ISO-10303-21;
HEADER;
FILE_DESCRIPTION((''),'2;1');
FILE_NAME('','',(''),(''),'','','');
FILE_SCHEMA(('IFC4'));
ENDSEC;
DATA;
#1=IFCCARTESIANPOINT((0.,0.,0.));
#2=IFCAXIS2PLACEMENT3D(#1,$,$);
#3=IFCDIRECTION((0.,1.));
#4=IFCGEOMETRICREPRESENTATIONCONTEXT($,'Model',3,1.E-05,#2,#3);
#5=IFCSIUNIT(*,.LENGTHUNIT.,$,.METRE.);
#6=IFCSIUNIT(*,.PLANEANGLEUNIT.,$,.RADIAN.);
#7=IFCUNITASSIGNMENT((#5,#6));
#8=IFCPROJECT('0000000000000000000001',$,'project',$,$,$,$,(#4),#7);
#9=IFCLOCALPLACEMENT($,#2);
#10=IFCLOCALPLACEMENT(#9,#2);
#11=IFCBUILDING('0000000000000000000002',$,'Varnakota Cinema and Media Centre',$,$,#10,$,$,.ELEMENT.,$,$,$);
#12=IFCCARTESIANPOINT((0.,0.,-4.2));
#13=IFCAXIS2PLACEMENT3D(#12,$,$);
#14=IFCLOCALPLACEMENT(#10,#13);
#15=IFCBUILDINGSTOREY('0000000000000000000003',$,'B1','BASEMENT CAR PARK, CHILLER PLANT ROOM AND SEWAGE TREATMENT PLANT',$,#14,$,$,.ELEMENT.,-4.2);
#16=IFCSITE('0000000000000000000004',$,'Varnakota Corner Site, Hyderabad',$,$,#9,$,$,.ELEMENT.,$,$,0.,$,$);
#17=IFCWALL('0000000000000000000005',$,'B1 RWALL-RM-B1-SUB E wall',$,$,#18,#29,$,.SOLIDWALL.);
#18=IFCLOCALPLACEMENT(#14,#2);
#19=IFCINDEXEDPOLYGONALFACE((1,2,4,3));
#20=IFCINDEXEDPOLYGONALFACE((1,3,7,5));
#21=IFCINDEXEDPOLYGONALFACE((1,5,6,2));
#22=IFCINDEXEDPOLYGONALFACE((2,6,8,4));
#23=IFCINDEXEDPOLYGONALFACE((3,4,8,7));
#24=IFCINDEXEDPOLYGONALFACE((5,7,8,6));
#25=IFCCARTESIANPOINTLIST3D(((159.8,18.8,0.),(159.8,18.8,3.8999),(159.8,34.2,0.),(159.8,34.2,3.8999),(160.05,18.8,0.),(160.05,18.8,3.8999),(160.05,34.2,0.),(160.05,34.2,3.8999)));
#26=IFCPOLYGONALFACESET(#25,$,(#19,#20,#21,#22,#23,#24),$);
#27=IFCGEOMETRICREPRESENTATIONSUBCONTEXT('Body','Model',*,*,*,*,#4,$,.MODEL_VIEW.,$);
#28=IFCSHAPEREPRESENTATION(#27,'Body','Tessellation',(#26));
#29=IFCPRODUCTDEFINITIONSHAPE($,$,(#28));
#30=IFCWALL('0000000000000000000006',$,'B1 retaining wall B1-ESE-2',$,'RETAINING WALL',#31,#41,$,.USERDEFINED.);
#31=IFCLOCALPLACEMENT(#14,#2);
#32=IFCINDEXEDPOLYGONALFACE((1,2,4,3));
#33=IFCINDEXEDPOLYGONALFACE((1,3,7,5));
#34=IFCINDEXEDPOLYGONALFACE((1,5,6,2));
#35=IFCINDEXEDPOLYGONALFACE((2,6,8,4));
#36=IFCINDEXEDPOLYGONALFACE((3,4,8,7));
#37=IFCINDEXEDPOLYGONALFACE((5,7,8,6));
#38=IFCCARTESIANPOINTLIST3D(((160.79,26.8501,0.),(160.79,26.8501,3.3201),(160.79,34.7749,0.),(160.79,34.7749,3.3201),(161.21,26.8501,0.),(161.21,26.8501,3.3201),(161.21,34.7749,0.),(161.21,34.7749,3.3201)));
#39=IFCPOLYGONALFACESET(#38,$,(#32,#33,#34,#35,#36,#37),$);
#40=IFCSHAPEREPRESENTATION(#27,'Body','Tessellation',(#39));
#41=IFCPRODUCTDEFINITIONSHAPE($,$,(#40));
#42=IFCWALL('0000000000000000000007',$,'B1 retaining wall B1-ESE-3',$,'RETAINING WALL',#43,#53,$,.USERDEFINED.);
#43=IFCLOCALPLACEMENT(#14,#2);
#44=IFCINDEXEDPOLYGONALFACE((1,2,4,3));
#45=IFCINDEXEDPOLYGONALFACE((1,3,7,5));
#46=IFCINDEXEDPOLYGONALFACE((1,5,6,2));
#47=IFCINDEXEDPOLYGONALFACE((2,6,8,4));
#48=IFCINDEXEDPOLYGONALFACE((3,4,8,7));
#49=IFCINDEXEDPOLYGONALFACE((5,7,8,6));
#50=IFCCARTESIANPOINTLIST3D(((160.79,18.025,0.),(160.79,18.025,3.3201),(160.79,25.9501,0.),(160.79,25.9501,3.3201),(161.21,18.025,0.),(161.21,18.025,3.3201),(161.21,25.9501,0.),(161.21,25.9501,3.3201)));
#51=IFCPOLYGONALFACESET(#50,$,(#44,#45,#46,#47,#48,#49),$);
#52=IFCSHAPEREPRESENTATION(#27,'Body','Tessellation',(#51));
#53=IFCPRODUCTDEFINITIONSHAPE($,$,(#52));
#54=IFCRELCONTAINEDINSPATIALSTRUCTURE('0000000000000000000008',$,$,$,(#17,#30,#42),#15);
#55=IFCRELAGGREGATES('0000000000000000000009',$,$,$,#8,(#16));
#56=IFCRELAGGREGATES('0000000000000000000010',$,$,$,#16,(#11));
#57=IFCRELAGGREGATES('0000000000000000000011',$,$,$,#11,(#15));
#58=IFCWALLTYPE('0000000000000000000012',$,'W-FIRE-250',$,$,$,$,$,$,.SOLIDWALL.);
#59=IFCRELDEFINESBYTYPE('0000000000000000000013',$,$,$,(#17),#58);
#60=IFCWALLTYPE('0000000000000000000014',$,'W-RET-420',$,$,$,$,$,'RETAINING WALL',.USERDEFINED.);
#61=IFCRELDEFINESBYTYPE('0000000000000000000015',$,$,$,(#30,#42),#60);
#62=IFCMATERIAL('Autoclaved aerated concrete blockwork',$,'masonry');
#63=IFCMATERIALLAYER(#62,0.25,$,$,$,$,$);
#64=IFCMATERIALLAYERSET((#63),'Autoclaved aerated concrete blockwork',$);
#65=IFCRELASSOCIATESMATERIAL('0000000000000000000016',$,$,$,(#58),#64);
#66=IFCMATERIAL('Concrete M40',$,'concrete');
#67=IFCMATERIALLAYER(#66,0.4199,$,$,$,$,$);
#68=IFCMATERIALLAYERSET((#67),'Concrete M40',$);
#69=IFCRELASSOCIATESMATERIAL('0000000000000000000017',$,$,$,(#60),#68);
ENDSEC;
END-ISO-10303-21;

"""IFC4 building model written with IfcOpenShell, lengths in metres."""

from ifc_helpers import new_model, si_unit, direction, frame, frame_2d, origin, place, context, subcontext, project, spatial, rectangle, extrude, material, layer, layer_set, type_object, element, save


model = new_model("IFC4")

# Units and contexts
model_context = context("Model", 3, precision=1e-05, world=origin(), true_north=direction((0.0, 1.0)))
body_context = subcontext(model_context, "Body", "Model", "MODEL_VIEW")
ifc_project = project(units=[si_unit("LENGTHUNIT", "METRE"), si_unit("PLANEANGLEUNIT", "RADIAN")], contexts=[model_context])

# Site, building, storey
site_placement = place(None, origin())
site = spatial("IfcSite", under=ifc_project, at=site_placement, Name="Varnakota Corner Site, Hyderabad", CompositionType="ELEMENT", RefElevation=0.0)
building_placement = place(site_placement, origin())
building = spatial("IfcBuilding", under=site, at=building_placement, Name="Varnakota Cinema and Media Centre", CompositionType="ELEMENT")
storey_placement = place(building_placement, frame((0.0, 0.0, -4.2)))
storey = spatial("IfcBuildingStorey", under=building, at=storey_placement, Name="B1", Description="BASEMENT CAR PARK, CHILLER PLANT ROOM AND SEWAGE TREATMENT PLANT", CompositionType="ELEMENT", Elevation=-4.2)

# Walls
ifc_material_1 = material(Name="Autoclaved aerated concrete blockwork", Category="masonry")
ifc_layer_1 = layer(ifc_material_1, 0.25)
ifc_layer_set_1 = layer_set([ifc_layer_1], Name="Autoclaved aerated concrete blockwork")
wall_type_1 = type_object("IfcWallType", Name="W-FIRE-250", PredefinedType="SOLIDWALL", material=ifc_layer_set_1)
wall_1_placement = place(storey_placement, frame((159.925, 34.2, 0.0), z_axis=(0.0, 0.0, 1.0), x_axis=(0.0, -1.0, 0.0)))
element("IfcWall", 1, at=wall_1_placement, inside=storey, type_object=wall_type_1, Name="B1 RWALL-RM-B1-SUB E wall", PredefinedType="SOLIDWALL", context=body_context, shape_type="SweptSolid", body=[
    extrude(rectangle(XDim=15.3999, YDim=0.25, at=frame_2d((7.7, 0.0))), origin(), (0.0, 0.0, 1.0), 3.8999),
])
ifc_material_2 = material(Name="Concrete M40", Category="concrete")
ifc_layer_2 = layer(ifc_material_2, 0.4199)
ifc_layer_set_2 = layer_set([ifc_layer_2], Name="Concrete M40")
wall_type_2 = type_object("IfcWallType", Name="W-RET-420", ElementType="RETAINING WALL", PredefinedType="USERDEFINED", material=ifc_layer_set_2)
wall_2_placement = place(storey_placement, frame((161.0, 34.7749, 0.0), z_axis=(0.0, 0.0, 1.0), x_axis=(0.0, -1.0, 0.0)))
element("IfcWall", 2, at=wall_2_placement, inside=storey, type_object=wall_type_2, Name="B1 retaining wall B1-ESE-2", ObjectType="RETAINING WALL", PredefinedType="USERDEFINED", context=body_context, shape_type="SweptSolid", body=[
    extrude(rectangle(XDim=7.9248, YDim=0.4199, at=frame_2d((3.9624, 0.0))), origin(), (0.0, 0.0, 1.0), 3.3201),
])
wall_3_placement = place(storey_placement, frame((161.0, 25.95, 0.0), z_axis=(0.0, 0.0, 1.0), x_axis=(0.0, -1.0, 0.0)))
element("IfcWall", 3, at=wall_3_placement, inside=storey, type_object=wall_type_2, Name="B1 retaining wall B1-ESE-3", ObjectType="RETAINING WALL", PredefinedType="USERDEFINED", context=body_context, shape_type="SweptSolid", body=[
    extrude(rectangle(XDim=7.925, YDim=0.4199, at=frame_2d((3.9624, 0.0))), origin(), (0.0, 0.0, 1.0), 3.3201),
])

save(model, "model.ifc")
